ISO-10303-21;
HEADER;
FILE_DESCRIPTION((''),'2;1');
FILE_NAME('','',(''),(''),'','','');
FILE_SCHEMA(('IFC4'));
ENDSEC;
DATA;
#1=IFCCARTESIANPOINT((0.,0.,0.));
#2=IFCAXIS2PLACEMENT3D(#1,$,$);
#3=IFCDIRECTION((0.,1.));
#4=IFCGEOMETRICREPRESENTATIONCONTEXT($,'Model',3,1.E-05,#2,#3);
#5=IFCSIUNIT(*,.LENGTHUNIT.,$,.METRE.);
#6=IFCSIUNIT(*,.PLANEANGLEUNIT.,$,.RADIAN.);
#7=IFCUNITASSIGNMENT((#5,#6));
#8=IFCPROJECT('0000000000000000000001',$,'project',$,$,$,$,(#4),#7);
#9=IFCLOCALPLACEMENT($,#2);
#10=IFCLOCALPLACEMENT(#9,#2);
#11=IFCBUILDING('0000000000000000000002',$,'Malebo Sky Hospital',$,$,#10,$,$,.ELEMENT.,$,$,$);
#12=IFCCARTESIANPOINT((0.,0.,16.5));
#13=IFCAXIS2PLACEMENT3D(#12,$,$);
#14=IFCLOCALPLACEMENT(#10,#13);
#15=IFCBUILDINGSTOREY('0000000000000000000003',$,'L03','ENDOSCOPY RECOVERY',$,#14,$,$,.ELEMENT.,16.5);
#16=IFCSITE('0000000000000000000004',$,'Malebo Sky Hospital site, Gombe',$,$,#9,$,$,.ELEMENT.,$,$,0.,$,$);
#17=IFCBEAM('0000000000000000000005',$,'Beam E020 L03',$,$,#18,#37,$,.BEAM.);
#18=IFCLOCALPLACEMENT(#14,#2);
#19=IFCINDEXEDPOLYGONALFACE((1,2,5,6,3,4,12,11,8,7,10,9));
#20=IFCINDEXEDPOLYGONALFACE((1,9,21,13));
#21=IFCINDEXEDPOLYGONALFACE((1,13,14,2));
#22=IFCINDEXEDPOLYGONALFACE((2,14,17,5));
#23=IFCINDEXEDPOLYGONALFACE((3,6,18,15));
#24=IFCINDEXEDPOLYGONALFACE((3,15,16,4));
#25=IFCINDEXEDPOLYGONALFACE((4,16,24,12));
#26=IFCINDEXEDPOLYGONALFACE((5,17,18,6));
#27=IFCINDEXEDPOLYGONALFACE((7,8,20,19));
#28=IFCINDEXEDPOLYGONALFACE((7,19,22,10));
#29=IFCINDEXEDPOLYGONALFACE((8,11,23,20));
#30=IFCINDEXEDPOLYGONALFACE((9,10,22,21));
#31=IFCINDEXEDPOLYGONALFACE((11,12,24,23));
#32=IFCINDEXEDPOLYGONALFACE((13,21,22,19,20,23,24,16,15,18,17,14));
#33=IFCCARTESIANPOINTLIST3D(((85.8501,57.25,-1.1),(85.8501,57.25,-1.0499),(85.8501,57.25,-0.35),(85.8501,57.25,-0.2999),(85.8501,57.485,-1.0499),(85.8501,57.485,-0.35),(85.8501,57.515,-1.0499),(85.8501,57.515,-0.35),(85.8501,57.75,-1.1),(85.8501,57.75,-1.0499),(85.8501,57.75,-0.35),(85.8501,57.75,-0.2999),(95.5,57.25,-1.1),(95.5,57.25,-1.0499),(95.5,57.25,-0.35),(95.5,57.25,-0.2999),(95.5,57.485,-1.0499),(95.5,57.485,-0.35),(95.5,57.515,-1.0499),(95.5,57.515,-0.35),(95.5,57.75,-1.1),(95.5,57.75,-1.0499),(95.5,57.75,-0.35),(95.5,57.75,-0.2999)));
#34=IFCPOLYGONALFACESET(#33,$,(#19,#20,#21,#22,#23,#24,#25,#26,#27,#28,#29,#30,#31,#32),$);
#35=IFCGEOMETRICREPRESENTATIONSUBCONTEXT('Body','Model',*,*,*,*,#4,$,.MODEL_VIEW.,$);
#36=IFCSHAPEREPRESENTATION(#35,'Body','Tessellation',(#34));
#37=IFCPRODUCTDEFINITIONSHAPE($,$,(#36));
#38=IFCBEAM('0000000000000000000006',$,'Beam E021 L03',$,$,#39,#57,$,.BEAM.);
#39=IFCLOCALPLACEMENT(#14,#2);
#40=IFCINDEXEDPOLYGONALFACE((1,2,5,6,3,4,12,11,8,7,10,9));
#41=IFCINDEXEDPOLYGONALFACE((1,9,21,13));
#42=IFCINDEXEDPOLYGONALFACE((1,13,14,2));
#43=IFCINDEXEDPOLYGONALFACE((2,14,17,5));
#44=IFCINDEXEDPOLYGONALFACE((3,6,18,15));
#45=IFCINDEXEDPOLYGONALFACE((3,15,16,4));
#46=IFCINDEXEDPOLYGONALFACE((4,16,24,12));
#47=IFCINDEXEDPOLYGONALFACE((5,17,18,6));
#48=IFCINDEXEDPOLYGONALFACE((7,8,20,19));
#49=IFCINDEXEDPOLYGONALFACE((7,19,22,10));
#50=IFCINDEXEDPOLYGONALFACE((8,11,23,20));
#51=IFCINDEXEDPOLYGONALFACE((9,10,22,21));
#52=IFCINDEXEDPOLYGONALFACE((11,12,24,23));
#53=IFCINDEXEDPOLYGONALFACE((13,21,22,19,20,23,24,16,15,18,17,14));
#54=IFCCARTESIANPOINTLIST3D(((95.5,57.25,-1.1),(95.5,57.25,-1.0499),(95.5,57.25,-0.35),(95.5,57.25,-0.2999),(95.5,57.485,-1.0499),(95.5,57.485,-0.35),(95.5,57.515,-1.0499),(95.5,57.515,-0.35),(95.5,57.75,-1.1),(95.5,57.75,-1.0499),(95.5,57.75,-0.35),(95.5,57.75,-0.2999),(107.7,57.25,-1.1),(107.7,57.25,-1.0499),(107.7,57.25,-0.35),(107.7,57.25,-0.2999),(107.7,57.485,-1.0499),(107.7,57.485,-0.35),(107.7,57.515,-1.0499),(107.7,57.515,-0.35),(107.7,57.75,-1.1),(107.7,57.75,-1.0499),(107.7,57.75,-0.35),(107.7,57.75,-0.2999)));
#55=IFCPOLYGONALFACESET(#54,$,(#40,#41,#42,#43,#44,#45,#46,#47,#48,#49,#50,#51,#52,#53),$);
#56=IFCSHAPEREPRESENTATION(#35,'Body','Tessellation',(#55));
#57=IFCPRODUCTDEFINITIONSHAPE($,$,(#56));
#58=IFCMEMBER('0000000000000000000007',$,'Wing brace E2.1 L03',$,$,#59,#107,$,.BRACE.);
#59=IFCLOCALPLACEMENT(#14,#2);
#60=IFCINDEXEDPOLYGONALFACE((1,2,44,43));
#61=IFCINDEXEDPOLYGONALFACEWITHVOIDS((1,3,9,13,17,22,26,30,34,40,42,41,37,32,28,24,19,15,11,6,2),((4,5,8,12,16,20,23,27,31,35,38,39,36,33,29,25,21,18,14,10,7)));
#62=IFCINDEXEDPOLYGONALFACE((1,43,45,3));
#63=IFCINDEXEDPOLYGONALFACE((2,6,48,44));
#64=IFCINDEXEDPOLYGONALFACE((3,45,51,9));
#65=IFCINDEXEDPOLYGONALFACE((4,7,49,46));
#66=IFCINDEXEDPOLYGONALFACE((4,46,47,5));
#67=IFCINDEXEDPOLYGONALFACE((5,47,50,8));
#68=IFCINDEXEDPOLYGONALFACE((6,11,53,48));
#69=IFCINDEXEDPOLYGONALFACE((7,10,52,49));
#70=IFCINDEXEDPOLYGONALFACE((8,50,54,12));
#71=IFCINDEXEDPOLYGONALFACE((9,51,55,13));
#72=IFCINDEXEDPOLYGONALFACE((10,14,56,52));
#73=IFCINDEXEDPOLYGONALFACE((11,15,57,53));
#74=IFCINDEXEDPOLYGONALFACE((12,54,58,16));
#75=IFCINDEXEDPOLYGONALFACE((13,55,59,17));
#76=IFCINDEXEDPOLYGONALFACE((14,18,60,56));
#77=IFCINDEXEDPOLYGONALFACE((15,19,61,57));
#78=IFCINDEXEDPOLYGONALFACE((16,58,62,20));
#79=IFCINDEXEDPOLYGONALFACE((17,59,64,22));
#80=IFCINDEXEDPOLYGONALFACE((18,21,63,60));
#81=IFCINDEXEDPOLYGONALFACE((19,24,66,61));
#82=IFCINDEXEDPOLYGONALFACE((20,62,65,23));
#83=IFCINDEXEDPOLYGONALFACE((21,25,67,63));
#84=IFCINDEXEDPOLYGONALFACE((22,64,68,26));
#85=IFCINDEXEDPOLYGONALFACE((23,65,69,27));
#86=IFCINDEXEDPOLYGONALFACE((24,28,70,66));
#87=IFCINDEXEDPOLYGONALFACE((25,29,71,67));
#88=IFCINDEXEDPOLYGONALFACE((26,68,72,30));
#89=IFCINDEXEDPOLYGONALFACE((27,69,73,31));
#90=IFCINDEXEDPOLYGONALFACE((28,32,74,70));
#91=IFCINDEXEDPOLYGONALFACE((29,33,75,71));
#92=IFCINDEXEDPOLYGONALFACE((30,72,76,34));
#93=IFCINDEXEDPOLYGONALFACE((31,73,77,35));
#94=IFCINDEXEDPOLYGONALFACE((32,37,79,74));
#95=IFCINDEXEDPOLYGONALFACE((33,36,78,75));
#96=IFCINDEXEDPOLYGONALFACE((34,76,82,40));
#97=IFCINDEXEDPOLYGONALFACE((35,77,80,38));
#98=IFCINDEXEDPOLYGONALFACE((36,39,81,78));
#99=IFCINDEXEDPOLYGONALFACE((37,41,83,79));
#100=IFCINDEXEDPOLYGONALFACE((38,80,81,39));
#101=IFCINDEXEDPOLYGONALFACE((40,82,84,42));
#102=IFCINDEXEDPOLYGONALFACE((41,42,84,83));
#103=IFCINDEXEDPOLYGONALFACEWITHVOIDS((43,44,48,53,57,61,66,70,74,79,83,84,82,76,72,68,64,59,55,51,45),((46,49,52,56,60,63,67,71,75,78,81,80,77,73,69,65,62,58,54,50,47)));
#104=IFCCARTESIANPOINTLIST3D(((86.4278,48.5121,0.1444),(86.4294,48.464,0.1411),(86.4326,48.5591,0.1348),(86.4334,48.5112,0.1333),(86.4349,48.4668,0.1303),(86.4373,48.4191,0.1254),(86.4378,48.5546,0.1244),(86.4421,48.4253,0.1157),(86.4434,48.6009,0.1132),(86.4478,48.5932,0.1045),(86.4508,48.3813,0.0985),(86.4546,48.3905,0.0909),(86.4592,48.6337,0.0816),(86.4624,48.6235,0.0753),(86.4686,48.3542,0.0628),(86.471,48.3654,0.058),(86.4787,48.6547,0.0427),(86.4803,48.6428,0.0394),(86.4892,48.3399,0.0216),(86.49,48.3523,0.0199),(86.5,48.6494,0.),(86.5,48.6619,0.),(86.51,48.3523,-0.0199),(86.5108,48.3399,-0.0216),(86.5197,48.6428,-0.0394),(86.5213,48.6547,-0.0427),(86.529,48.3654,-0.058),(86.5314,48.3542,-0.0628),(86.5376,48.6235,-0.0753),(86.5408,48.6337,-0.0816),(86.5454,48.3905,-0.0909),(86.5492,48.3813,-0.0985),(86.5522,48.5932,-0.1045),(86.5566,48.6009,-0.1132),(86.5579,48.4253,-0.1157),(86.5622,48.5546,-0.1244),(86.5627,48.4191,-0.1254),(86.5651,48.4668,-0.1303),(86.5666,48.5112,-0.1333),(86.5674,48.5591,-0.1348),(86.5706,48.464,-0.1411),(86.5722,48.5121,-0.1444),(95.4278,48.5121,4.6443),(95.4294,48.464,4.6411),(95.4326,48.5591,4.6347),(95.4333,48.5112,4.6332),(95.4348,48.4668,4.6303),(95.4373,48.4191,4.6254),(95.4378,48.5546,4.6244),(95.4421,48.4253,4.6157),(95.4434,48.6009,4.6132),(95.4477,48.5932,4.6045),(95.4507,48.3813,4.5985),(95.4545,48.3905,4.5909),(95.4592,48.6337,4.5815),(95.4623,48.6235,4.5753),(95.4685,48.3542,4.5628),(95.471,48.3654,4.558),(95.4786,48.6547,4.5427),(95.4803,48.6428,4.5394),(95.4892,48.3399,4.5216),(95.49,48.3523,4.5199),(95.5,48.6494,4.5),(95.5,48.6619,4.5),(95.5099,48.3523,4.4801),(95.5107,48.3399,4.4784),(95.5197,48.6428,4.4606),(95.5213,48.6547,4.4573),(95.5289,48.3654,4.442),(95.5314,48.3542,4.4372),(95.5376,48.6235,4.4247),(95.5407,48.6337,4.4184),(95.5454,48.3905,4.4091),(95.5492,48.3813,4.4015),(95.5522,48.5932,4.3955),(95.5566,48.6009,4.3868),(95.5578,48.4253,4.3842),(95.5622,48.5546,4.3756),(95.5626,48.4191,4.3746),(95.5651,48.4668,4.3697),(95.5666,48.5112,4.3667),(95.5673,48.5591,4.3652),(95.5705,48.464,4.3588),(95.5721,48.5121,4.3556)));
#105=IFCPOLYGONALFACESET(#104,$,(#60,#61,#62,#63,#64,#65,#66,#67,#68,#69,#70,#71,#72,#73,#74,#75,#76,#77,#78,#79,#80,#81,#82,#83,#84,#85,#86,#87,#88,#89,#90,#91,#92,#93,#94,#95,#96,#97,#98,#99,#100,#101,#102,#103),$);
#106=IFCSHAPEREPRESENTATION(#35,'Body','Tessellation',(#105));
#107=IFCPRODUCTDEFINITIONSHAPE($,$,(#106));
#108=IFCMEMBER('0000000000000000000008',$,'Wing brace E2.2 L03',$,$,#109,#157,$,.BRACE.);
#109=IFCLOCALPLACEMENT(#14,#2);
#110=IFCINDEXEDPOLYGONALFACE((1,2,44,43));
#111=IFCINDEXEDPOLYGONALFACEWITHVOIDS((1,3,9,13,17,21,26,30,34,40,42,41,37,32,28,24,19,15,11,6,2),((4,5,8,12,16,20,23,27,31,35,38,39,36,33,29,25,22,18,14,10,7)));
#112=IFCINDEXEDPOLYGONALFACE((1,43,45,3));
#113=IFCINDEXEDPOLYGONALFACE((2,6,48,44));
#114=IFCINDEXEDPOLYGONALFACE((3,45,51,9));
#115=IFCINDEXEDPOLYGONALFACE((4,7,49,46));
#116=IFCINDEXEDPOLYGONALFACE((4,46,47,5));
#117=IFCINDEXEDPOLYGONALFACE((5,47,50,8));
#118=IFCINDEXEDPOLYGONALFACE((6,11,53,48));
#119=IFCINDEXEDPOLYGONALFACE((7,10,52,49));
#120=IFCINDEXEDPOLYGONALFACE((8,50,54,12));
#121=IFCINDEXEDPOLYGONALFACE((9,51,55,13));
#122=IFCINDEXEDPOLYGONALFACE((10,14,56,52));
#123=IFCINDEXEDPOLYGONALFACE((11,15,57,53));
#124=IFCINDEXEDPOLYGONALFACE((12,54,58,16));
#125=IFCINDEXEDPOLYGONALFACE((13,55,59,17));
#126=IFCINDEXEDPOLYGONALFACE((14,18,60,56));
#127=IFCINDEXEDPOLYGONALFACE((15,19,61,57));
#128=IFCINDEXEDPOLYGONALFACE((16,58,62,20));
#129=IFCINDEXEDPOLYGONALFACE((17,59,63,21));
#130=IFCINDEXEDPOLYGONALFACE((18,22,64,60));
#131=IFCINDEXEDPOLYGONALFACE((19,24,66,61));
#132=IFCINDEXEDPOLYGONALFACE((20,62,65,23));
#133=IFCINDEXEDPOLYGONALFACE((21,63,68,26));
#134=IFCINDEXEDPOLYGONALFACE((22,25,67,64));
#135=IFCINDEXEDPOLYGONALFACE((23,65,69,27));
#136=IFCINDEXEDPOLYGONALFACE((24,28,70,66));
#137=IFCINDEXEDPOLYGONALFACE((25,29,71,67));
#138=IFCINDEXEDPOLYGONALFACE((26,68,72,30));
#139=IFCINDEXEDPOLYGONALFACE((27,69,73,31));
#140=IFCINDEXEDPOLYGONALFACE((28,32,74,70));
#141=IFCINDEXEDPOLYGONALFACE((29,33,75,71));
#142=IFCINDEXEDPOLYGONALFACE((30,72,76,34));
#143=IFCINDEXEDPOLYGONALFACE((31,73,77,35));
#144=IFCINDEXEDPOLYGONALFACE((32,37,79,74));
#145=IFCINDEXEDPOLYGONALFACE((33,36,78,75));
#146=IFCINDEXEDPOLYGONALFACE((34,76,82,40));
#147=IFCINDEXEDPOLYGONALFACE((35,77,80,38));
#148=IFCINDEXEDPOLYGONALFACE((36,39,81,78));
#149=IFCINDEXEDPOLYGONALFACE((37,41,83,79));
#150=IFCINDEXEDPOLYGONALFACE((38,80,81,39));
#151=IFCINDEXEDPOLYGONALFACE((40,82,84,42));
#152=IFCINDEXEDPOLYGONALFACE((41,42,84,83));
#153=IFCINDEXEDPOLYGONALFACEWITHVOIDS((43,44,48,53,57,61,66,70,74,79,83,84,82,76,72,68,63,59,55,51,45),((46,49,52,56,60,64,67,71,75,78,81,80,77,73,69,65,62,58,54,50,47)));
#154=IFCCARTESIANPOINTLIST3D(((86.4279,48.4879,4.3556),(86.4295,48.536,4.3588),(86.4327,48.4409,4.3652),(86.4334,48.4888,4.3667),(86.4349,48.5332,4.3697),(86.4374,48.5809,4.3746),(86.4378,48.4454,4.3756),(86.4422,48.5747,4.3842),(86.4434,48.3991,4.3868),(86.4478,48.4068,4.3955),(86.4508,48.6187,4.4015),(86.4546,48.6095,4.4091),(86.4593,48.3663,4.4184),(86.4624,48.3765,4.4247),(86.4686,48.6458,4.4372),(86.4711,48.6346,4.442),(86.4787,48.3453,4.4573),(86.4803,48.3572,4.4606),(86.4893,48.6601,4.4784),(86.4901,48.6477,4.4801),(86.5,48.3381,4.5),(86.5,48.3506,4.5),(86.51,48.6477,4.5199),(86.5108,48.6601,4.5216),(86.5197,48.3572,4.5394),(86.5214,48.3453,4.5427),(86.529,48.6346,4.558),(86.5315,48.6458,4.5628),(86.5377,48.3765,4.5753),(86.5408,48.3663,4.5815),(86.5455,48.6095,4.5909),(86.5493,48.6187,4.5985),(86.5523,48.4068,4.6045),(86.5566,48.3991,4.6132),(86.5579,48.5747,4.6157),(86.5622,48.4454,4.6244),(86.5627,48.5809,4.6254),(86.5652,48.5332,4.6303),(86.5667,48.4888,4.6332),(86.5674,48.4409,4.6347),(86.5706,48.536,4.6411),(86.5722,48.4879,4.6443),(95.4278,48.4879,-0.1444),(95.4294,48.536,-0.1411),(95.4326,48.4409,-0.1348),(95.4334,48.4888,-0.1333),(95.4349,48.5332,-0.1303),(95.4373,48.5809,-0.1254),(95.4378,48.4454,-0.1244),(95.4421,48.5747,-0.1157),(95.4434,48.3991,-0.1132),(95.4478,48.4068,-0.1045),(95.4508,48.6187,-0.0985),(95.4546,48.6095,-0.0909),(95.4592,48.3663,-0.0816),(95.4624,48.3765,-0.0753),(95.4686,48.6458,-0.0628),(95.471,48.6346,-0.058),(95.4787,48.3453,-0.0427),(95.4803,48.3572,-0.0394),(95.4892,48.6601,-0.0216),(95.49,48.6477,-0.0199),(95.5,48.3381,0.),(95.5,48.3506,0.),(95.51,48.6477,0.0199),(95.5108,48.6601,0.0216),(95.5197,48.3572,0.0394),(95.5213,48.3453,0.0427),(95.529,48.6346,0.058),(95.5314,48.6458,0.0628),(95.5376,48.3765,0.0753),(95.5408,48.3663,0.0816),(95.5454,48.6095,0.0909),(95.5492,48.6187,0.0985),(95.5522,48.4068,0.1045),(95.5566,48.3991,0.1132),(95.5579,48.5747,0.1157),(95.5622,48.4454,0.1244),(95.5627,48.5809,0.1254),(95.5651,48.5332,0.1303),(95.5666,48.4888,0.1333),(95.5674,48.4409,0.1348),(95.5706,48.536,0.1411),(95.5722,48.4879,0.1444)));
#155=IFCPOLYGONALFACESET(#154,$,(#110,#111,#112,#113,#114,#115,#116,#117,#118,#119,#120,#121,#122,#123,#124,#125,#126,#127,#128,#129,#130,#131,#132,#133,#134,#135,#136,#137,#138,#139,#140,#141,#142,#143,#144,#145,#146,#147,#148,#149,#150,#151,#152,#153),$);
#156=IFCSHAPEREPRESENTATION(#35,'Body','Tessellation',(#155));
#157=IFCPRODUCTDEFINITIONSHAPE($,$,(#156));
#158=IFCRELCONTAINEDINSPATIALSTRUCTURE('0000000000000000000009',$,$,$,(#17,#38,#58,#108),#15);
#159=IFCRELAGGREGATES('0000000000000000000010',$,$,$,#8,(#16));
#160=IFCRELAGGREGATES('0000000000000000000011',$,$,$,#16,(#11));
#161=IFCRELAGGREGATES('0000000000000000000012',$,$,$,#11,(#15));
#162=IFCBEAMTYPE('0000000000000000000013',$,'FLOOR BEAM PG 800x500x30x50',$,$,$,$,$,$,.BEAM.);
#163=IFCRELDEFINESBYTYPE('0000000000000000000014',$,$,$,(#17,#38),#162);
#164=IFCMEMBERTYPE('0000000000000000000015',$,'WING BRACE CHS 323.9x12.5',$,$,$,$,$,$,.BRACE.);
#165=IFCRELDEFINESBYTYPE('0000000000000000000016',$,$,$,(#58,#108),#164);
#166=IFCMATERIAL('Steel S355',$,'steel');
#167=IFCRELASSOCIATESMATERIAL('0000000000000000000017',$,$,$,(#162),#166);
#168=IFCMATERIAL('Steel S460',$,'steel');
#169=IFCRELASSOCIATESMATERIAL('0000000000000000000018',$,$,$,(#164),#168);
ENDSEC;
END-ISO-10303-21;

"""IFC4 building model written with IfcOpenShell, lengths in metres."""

from ifc_helpers import new_model, si_unit, direction, frame, origin, origin_2d, place, context, subcontext, project, spatial, hollow_circle, i_section, extrude, material, material_profile, profile_set, type_object, element, save


model = new_model("IFC4")

# Units and contexts
model_context = context("Model", 3, precision=1e-05, world=origin(), true_north=direction((0.0, 1.0)))
body_context = subcontext(model_context, "Body", "Model", "MODEL_VIEW")
ifc_project = project(units=[si_unit("LENGTHUNIT", "METRE"), si_unit("PLANEANGLEUNIT", "RADIAN")], contexts=[model_context])

# Site, building, storey
site_placement = place(None, origin())
site = spatial("IfcSite", under=ifc_project, at=site_placement, Name="Malebo Sky Hospital site, Gombe", CompositionType="ELEMENT", RefElevation=0.0)
building_placement = place(site_placement, origin())
building = spatial("IfcBuilding", under=site, at=building_placement, Name="Malebo Sky Hospital", CompositionType="ELEMENT")
storey_placement = place(building_placement, frame((0.0, 0.0, 16.5)))
storey = spatial("IfcBuildingStorey", under=building, at=storey_placement, Name="L03", Description="ENDOSCOPY RECOVERY", CompositionType="ELEMENT", Elevation=16.5)

# Shared definitions
ifc_material_1 = material(Name="Steel S355", Category="steel")

# Beams
ifc_material_profile_1 = material_profile(ifc_material_1, i_section(OverallWidth=0.5, OverallDepth=0.8, WebThickness=0.03, FlangeThickness=0.05, at=origin_2d()), Name="PG 800x500x30x50")
ifc_profile_set_1 = profile_set([ifc_material_profile_1], Name="Steel S355")
beam_type = type_object("IfcBeamType", Name="FLOOR BEAM PG 800x500x30x50", PredefinedType="BEAM", material=ifc_profile_set_1)
beam_1_placement = place(storey_placement, frame((85.8501, 57.5, -0.7), z_axis=(1.0, 0.0, 0.0), x_axis=(0.0, 1.0, 0.0)))
element("IfcBeam", 1, at=beam_1_placement, inside=storey, type_object=beam_type, Name="Beam E020 L03", PredefinedType="BEAM", context=body_context, shape_type="SweptSolid", body=[
    extrude(i_section(OverallWidth=0.5, OverallDepth=0.8, WebThickness=0.03, FlangeThickness=0.05, at=origin_2d()), origin(), (0.0, 0.0, 1.0), 9.6499),
])
beam_2_placement = place(storey_placement, frame((95.5, 57.5, -0.7), z_axis=(1.0, 0.0, 0.0), x_axis=(0.0, 1.0, 0.0)))
element("IfcBeam", 2, at=beam_2_placement, inside=storey, type_object=beam_type, Name="Beam E021 L03", PredefinedType="BEAM", context=body_context, shape_type="SweptSolid", body=[
    extrude(i_section(OverallWidth=0.5, OverallDepth=0.8, WebThickness=0.03, FlangeThickness=0.05, at=origin_2d()), origin(), (0.0, 0.0, 1.0), 12.2),
])

# Members
ifc_material_2 = material(Name="Steel S460", Category="steel")
ifc_material_profile_2 = material_profile(ifc_material_2, hollow_circle(Radius=0.1619, WallThickness=0.0125, at=origin_2d()), Name="CHS 323.9x12.5")
ifc_profile_set_2 = profile_set([ifc_material_profile_2], Name="Steel S460")
member_type = type_object("IfcMemberType", Name="WING BRACE CHS 323.9x12.5", PredefinedType="BRACE", material=ifc_profile_set_2)
for number, where, z_axis, x_axis, name in (
    (3, (86.5, 48.5, 0.0), (0.894427, 0.0, 0.447214), (0.0, 1.0, 0.0), "Wing brace E2.1 L03"),
    (4, (95.5, 48.5, 0.0), (-0.894427, 0.0, 0.447214), (0.0, -1.0, 0.0), "Wing brace E2.2 L03"),
):
    element("IfcMember", number, at=place(storey_placement, frame(where, z_axis=z_axis, x_axis=x_axis)), inside=storey, type_object=member_type, Name=name, PredefinedType="BRACE", context=body_context, shape_type="SweptSolid", body=[
        extrude(hollow_circle(Radius=0.1619, WallThickness=0.0125, at=origin_2d()), origin(), (0.0, 0.0, 1.0), 10.0623),
    ])

save(model, "model.ifc")
